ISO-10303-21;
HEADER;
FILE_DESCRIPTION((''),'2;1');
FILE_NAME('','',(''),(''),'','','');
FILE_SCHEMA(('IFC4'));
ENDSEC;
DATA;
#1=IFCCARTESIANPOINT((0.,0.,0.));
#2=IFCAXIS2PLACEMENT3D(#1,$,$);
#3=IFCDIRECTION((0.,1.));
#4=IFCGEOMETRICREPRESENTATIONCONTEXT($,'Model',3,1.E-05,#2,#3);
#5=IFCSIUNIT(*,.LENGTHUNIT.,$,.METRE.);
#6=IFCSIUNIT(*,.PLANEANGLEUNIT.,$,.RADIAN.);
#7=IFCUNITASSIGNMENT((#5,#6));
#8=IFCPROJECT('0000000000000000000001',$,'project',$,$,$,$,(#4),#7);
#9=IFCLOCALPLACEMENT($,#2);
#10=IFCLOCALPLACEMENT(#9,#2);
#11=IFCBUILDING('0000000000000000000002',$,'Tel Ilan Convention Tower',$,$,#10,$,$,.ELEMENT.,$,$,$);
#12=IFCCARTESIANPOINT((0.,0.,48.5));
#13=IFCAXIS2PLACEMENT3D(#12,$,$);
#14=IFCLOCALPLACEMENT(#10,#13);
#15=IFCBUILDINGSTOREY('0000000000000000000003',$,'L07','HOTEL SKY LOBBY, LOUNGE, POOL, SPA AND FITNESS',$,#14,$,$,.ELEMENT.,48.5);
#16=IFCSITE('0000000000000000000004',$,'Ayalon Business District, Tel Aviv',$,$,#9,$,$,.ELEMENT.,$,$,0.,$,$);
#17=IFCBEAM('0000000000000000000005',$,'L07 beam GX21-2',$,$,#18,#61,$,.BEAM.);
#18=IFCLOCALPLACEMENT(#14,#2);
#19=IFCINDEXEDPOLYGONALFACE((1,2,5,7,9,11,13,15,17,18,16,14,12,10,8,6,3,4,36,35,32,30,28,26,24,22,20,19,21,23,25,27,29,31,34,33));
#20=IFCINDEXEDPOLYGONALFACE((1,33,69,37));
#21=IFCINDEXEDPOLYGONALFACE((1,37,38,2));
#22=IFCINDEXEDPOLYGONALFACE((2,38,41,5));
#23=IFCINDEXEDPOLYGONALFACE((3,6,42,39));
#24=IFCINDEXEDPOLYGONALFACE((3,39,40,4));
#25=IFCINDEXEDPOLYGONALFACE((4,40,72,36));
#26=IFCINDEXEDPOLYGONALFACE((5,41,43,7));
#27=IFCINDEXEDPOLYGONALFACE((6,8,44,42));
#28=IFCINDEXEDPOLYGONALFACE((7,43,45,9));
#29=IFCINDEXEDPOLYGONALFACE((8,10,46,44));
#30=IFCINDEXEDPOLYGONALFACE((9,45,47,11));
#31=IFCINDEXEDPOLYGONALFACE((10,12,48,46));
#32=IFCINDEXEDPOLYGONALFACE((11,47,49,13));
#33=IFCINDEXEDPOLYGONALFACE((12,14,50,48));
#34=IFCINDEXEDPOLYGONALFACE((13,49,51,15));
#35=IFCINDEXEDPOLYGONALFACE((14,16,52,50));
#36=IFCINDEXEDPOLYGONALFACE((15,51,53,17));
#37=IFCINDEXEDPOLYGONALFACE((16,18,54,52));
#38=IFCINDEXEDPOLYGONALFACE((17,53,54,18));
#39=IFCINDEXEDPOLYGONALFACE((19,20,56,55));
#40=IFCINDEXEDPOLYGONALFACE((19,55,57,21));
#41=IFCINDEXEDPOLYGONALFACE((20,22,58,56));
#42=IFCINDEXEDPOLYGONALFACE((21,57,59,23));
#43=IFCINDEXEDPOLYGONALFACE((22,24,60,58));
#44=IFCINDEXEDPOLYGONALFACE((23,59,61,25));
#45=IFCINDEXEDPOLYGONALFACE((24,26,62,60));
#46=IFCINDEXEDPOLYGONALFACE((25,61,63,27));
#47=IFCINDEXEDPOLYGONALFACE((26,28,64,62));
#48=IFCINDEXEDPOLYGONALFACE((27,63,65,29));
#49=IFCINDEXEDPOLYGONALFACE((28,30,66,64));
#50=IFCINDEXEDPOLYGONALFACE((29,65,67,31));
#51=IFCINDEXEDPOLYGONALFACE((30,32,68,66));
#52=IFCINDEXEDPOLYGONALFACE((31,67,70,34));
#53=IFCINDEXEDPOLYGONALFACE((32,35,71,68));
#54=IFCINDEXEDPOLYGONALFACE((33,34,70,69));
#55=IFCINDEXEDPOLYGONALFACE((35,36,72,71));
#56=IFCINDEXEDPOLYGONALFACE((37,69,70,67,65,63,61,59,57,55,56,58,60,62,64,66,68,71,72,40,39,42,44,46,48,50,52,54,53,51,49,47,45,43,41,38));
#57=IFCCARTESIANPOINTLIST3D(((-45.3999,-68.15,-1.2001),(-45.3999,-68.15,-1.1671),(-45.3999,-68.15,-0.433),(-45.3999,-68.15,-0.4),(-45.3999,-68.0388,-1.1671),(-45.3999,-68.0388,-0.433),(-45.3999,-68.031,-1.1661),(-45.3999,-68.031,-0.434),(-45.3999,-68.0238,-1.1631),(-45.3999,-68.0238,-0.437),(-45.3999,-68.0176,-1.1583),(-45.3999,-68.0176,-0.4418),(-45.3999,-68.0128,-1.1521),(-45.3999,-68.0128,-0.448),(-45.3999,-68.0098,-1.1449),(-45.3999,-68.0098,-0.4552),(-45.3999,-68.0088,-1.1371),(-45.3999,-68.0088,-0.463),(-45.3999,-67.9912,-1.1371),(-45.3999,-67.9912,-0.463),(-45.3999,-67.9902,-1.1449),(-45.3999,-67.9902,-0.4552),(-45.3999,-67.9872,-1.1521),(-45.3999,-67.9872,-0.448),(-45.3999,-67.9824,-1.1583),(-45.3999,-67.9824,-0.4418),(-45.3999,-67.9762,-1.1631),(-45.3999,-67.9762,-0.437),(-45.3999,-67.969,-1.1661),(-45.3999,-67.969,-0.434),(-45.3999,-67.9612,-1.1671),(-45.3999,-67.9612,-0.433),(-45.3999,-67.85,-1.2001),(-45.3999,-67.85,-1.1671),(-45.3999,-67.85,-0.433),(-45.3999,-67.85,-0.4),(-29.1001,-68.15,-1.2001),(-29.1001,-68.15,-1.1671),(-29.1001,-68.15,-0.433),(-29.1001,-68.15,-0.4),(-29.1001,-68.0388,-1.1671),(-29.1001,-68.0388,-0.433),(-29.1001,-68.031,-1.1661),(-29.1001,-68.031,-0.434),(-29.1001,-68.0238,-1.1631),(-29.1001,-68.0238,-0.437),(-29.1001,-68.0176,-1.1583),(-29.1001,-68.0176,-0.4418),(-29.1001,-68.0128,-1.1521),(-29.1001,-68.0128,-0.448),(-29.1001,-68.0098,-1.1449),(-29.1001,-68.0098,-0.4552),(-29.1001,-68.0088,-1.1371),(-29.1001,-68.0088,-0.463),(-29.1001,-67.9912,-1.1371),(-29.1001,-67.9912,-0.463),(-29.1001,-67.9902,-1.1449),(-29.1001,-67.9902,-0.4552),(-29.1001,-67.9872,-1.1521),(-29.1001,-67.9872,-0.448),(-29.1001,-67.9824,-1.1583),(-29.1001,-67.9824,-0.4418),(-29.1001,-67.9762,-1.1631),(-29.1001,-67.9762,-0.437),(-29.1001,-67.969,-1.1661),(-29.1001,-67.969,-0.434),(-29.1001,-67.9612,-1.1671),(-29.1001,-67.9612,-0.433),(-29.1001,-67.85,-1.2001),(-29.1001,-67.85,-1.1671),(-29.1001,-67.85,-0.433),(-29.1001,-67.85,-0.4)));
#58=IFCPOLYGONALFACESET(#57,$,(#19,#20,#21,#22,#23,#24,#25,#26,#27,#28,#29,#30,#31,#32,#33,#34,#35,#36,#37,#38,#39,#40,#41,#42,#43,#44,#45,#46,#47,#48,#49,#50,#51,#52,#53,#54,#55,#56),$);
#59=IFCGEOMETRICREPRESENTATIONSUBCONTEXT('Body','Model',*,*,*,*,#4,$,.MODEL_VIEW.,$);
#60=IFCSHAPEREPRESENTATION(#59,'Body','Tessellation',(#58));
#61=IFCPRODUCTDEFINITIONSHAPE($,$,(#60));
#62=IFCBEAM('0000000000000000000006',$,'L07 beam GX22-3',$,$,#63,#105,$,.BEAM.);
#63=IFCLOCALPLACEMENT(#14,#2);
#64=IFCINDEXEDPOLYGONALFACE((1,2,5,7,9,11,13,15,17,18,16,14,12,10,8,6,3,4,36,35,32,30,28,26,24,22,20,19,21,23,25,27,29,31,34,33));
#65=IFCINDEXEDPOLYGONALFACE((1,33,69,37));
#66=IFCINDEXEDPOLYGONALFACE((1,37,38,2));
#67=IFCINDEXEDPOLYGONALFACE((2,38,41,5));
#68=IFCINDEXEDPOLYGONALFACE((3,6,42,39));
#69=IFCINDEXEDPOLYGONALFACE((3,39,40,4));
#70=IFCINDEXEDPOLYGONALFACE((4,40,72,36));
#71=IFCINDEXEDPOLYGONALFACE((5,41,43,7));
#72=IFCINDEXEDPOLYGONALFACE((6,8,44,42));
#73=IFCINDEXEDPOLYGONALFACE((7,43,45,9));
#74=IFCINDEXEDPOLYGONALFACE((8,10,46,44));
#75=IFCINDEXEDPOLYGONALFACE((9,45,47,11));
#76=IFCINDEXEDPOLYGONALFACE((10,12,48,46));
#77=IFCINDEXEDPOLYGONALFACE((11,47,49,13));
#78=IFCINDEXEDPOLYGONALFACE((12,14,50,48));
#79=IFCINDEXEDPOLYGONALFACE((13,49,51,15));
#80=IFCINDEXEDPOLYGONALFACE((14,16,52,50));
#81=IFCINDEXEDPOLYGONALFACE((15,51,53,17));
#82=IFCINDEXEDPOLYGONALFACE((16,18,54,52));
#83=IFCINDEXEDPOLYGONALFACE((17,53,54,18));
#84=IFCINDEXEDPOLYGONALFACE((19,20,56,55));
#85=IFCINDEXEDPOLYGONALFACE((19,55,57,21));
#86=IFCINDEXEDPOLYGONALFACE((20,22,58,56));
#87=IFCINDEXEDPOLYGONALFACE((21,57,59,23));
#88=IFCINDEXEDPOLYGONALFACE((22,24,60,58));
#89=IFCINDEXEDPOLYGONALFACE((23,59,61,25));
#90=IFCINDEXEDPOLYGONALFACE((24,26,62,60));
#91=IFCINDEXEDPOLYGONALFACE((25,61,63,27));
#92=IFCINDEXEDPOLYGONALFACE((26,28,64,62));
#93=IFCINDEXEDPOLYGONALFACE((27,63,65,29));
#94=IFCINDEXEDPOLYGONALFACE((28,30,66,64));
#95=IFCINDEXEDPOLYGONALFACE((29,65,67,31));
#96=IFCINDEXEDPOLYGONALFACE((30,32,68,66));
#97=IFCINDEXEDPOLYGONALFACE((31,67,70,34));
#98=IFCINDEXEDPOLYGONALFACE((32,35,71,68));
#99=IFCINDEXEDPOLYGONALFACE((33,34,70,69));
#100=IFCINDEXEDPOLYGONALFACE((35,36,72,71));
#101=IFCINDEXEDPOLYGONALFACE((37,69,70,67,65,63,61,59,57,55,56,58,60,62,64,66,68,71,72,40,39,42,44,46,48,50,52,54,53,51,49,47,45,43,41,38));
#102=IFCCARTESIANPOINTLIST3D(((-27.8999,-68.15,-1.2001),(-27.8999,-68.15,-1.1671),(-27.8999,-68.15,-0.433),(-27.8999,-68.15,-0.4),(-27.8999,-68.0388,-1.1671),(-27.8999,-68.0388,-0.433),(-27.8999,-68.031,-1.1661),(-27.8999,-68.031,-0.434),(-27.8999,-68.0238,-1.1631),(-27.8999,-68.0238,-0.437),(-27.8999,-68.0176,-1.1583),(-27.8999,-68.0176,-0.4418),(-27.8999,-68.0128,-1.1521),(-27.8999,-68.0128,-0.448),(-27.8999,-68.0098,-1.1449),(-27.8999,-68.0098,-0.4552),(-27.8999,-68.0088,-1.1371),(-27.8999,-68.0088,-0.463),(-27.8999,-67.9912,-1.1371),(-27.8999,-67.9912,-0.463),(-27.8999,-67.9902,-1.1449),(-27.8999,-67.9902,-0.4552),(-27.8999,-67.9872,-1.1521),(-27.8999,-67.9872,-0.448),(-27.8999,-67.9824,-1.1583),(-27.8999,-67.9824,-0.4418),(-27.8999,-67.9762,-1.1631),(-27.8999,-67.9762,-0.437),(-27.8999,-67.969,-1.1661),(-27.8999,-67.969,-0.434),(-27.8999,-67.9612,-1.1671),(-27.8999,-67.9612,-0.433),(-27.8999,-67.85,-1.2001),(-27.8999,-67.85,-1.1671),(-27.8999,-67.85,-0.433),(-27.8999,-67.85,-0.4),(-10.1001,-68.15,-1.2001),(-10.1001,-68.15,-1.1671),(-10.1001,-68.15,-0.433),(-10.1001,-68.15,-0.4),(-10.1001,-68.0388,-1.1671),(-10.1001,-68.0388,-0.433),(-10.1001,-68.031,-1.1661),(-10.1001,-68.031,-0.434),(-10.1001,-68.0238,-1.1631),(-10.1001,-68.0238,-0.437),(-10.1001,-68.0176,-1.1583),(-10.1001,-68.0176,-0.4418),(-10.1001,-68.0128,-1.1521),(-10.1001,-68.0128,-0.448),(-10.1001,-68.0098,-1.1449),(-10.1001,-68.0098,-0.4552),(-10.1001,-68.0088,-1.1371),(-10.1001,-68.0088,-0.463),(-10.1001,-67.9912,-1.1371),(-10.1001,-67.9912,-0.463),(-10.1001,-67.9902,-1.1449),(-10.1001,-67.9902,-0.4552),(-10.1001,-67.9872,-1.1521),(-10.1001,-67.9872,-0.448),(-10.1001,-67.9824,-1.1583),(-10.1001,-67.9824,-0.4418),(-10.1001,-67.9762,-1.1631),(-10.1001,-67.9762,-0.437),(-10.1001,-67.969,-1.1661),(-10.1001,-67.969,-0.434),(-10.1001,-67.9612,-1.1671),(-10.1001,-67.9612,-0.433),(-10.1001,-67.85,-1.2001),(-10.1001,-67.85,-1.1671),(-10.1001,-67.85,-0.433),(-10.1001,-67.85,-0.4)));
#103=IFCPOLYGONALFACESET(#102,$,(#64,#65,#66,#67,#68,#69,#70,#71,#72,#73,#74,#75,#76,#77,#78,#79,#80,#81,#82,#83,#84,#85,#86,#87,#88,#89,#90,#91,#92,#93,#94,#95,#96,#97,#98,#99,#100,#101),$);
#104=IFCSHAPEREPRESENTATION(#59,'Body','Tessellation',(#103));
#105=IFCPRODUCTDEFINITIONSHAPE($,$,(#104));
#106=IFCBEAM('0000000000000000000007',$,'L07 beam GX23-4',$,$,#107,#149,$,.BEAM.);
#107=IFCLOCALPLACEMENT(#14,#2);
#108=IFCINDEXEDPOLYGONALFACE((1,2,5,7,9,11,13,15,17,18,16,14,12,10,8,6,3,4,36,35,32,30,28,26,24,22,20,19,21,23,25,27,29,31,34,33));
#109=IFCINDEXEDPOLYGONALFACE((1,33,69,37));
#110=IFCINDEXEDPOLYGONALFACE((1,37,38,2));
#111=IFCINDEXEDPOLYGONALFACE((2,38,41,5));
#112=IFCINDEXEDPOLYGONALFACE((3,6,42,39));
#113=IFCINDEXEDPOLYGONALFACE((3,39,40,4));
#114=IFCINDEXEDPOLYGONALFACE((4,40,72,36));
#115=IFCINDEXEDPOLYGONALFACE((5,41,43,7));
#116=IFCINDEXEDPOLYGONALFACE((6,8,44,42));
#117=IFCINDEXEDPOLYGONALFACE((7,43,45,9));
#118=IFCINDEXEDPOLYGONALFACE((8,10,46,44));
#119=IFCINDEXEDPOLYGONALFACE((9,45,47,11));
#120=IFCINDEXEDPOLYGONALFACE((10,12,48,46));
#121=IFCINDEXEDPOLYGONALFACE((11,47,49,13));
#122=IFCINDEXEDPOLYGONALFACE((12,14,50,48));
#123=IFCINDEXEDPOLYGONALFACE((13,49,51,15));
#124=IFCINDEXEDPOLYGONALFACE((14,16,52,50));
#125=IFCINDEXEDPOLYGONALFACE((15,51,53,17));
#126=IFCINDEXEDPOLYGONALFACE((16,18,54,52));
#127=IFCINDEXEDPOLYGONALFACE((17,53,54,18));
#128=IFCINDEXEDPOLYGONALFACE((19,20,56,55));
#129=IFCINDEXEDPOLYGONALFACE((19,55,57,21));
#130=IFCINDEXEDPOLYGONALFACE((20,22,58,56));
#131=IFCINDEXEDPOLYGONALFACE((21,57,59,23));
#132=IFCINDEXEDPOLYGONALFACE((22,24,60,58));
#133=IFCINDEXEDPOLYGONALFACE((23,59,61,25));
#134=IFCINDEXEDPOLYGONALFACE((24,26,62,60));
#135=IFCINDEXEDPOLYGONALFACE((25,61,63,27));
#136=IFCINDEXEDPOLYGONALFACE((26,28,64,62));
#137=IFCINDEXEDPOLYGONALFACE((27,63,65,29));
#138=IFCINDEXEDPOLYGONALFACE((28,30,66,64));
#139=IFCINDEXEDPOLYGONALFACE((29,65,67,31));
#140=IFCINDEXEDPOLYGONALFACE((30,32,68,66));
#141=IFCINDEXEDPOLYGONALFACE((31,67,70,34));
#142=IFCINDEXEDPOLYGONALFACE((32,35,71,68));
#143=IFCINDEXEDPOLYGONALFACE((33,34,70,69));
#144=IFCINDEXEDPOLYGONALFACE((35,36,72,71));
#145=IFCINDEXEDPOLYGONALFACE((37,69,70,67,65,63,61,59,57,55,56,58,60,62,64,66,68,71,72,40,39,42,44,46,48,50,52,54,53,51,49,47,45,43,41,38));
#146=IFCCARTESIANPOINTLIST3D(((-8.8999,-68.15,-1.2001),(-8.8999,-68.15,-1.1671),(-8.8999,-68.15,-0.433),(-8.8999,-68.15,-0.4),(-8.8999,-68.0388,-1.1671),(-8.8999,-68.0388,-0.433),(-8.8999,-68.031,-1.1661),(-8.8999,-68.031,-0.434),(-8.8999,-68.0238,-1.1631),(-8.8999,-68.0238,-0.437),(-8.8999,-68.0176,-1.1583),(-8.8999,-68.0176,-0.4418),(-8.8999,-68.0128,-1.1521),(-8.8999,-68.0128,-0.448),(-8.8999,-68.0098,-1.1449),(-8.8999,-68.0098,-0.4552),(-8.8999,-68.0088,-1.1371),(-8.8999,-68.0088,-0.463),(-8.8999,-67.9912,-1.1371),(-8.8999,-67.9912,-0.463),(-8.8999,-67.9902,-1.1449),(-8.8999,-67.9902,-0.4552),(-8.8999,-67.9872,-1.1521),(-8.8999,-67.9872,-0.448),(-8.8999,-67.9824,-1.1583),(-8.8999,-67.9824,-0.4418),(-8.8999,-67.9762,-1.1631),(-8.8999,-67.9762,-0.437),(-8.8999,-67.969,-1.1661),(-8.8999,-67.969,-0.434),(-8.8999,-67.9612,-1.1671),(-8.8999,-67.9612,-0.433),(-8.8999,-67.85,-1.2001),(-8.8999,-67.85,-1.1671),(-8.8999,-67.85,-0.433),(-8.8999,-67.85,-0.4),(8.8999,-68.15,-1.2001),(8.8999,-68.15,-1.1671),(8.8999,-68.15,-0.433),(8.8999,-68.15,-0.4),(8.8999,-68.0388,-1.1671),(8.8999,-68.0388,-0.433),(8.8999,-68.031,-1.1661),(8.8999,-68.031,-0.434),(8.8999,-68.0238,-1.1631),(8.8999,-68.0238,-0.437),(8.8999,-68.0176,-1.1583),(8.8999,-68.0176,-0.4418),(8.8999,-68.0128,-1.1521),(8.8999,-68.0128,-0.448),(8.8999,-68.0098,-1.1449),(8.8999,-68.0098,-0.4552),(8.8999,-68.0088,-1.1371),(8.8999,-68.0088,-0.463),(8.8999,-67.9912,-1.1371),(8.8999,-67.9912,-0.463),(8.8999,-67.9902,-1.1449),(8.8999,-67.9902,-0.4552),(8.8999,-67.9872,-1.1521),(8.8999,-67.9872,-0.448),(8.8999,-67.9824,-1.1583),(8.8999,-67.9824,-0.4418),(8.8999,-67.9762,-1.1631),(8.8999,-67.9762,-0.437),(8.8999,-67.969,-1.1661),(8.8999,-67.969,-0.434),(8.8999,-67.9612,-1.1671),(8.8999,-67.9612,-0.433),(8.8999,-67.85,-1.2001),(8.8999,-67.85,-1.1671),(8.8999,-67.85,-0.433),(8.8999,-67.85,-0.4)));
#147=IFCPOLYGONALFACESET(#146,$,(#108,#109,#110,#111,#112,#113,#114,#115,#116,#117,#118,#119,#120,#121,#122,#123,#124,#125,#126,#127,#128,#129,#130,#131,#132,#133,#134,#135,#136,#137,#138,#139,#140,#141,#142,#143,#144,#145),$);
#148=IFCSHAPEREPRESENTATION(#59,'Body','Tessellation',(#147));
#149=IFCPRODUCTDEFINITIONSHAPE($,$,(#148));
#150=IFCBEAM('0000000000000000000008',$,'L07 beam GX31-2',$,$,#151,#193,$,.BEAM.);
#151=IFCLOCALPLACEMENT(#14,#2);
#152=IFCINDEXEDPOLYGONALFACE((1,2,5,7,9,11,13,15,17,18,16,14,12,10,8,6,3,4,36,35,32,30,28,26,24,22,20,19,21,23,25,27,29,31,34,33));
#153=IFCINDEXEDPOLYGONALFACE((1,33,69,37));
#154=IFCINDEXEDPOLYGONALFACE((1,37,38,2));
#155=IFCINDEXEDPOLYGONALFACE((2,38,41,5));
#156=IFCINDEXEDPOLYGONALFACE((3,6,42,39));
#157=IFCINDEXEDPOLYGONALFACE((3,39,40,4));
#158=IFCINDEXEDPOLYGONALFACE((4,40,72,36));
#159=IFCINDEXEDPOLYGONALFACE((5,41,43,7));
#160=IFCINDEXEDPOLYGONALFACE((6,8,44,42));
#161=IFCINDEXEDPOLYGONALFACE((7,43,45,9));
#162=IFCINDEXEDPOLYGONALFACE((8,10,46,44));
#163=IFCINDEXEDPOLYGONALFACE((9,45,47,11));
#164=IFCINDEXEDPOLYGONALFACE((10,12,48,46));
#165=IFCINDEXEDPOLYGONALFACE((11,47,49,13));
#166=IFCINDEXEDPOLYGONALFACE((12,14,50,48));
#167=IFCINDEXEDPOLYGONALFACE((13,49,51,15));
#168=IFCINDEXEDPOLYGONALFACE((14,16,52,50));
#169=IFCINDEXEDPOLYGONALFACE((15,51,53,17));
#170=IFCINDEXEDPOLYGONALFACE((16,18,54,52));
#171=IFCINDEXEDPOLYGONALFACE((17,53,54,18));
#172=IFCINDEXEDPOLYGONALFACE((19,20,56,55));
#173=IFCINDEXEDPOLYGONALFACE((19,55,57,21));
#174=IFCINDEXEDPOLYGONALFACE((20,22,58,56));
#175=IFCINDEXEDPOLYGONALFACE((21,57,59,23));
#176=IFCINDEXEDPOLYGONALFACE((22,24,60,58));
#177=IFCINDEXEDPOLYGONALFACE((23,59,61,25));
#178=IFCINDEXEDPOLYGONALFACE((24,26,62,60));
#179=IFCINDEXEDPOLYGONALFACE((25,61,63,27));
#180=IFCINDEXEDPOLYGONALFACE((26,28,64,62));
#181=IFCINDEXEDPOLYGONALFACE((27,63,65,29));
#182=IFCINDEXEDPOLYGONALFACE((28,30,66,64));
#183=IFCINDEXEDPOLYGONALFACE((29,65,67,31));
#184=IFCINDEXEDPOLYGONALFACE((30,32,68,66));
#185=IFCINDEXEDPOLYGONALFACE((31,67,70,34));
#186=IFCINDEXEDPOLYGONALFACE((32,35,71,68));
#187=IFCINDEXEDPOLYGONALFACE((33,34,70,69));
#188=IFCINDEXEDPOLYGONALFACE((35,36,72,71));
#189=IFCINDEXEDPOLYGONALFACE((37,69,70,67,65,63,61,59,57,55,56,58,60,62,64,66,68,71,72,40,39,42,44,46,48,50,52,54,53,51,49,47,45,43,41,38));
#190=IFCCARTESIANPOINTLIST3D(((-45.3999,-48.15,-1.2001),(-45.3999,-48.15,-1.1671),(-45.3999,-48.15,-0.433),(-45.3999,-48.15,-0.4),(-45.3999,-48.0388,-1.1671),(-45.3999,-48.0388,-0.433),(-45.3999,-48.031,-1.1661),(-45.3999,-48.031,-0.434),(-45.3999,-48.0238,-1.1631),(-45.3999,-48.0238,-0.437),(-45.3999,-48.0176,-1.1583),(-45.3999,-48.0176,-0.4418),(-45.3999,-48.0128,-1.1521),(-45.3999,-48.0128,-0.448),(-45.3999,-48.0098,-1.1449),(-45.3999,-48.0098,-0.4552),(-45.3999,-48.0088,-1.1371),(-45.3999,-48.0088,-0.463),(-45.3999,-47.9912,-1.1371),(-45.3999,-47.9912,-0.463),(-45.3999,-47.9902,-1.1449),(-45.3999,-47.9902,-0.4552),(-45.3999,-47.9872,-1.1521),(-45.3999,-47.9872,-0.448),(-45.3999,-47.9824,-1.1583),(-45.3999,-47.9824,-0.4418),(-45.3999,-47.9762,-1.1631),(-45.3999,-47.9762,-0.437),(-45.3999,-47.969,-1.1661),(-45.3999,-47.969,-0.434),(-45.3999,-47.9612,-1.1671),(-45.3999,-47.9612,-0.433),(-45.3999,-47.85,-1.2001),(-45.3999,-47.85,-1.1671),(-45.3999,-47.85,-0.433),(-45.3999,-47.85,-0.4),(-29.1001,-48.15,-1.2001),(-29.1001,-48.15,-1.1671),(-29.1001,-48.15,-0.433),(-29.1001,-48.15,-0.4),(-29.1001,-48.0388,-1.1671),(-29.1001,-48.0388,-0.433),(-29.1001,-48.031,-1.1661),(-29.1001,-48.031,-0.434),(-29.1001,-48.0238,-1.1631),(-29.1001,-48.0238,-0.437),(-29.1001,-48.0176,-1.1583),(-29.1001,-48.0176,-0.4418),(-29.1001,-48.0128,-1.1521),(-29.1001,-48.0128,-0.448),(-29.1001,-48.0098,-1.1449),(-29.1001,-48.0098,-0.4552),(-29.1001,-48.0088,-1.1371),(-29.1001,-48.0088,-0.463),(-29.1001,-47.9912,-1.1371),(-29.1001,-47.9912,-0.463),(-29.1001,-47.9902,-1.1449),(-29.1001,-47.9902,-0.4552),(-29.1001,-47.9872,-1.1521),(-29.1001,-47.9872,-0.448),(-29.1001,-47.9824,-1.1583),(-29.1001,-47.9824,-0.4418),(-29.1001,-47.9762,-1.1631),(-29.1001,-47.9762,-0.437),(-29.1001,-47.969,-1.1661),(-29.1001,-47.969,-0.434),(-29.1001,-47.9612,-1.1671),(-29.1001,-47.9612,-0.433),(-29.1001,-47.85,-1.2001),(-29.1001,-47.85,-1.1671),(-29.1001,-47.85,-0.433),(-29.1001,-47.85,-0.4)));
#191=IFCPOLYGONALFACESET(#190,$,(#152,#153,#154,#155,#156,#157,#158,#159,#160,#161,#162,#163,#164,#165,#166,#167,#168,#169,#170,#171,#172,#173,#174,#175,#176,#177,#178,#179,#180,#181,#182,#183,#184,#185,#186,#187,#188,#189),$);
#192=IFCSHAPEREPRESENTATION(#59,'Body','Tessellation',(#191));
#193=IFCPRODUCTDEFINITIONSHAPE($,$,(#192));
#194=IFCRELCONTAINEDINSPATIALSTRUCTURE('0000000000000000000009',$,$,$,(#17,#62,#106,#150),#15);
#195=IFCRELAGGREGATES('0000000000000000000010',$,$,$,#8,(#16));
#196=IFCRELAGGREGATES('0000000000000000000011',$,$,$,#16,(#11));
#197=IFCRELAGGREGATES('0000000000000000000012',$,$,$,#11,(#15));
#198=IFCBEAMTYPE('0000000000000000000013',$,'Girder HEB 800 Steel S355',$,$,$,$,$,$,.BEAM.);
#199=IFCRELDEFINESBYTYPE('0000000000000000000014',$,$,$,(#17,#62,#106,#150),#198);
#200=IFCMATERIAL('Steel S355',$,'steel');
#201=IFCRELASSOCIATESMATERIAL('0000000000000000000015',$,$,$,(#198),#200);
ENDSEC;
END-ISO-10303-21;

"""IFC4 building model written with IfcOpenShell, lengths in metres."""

from ifc_helpers import new_model, si_unit, direction, frame, origin, origin_2d, place, context, subcontext, project, spatial, i_section, extrude, material, material_profile, profile_set, type_object, element, save


model = new_model("IFC4")

# Units and contexts
model_context = context("Model", 3, precision=1e-05, world=origin(), true_north=direction((0.0, 1.0)))
body_context = subcontext(model_context, "Body", "Model", "MODEL_VIEW")
ifc_project = project(units=[si_unit("LENGTHUNIT", "METRE"), si_unit("PLANEANGLEUNIT", "RADIAN")], contexts=[model_context])

# Site, building, storey
site_placement = place(None, origin())
site = spatial("IfcSite", under=ifc_project, at=site_placement, Name="Ayalon Business District, Tel Aviv", CompositionType="ELEMENT", RefElevation=0.0)
building_placement = place(site_placement, origin())
building = spatial("IfcBuilding", under=site, at=building_placement, Name="Tel Ilan Convention Tower", CompositionType="ELEMENT")
storey_placement = place(building_placement, frame((0.0, 0.0, 48.5)))
storey = spatial("IfcBuildingStorey", under=building, at=storey_placement, Name="L07", Description="HOTEL SKY LOBBY, LOUNGE, POOL, SPA AND FITNESS", CompositionType="ELEMENT", Elevation=48.5)

# Beams
ifc_material_1 = material(Name="Steel S355", Category="steel")
ifc_material_profile_1 = material_profile(ifc_material_1, i_section(OverallWidth=0.3, OverallDepth=0.8, WebThickness=0.0176, FlangeThickness=0.033, FilletRadius=0.03, at=origin_2d()), Name="HEB 800")
ifc_profile_set_1 = profile_set([ifc_material_profile_1], Name="Steel S355")
beam_type_1 = type_object("IfcBeamType", Name="Girder HEB 800 Steel S355", PredefinedType="BEAM", material=ifc_profile_set_1)
beam_1_placement = place(storey_placement, frame((-45.3999, -68.0, -0.8), z_axis=(1.0, 0.0, 0.0), x_axis=(0.0, 1.0, 0.0)))
element("IfcBeam", 1, at=beam_1_placement, inside=storey, type_object=beam_type_1, Name="L07 beam GX21-2", PredefinedType="BEAM", context=body_context, shape_type="SweptSolid", body=[
    extrude(i_section(OverallWidth=0.3, OverallDepth=0.8, WebThickness=0.0176, FlangeThickness=0.033, FilletRadius=0.03, at=origin_2d()), origin(), (0.0, 0.0, 1.0), 16.2998),
])
for number, where, z_axis, x_axis, name in (
    (2, (-27.8999, -68.0, -0.8), (1.0, 0.0, 0.0), (0.0, 1.0, 0.0), "L07 beam GX22-3"),
    (3, (-8.8999, -68.0, -0.8), (1.0, 0.0, 0.0), (0.0, 1.0, 0.0), "L07 beam GX23-4"),
):
    element("IfcBeam", number, at=place(storey_placement, frame(where, z_axis=z_axis, x_axis=x_axis)), inside=storey, type_object=beam_type_1, Name=name, PredefinedType="BEAM", context=body_context, shape_type="SweptSolid", body=[
        extrude(i_section(OverallWidth=0.3, OverallDepth=0.8, WebThickness=0.0176, FlangeThickness=0.033, FilletRadius=0.03, at=origin_2d()), origin(), (0.0, 0.0, 1.0), 17.7998),
    ])
beam_2_placement = place(storey_placement, frame((-45.3999, -48.0, -0.8), z_axis=(1.0, 0.0, 0.0), x_axis=(0.0, 1.0, 0.0)))
element("IfcBeam", 4, at=beam_2_placement, inside=storey, type_object=beam_type_1, Name="L07 beam GX31-2", PredefinedType="BEAM", context=body_context, shape_type="SweptSolid", body=[
    extrude(i_section(OverallWidth=0.3, OverallDepth=0.8, WebThickness=0.0176, FlangeThickness=0.033, FilletRadius=0.03, at=origin_2d()), origin(), (0.0, 0.0, 1.0), 16.2998),
])

save(model, "model.ifc")
